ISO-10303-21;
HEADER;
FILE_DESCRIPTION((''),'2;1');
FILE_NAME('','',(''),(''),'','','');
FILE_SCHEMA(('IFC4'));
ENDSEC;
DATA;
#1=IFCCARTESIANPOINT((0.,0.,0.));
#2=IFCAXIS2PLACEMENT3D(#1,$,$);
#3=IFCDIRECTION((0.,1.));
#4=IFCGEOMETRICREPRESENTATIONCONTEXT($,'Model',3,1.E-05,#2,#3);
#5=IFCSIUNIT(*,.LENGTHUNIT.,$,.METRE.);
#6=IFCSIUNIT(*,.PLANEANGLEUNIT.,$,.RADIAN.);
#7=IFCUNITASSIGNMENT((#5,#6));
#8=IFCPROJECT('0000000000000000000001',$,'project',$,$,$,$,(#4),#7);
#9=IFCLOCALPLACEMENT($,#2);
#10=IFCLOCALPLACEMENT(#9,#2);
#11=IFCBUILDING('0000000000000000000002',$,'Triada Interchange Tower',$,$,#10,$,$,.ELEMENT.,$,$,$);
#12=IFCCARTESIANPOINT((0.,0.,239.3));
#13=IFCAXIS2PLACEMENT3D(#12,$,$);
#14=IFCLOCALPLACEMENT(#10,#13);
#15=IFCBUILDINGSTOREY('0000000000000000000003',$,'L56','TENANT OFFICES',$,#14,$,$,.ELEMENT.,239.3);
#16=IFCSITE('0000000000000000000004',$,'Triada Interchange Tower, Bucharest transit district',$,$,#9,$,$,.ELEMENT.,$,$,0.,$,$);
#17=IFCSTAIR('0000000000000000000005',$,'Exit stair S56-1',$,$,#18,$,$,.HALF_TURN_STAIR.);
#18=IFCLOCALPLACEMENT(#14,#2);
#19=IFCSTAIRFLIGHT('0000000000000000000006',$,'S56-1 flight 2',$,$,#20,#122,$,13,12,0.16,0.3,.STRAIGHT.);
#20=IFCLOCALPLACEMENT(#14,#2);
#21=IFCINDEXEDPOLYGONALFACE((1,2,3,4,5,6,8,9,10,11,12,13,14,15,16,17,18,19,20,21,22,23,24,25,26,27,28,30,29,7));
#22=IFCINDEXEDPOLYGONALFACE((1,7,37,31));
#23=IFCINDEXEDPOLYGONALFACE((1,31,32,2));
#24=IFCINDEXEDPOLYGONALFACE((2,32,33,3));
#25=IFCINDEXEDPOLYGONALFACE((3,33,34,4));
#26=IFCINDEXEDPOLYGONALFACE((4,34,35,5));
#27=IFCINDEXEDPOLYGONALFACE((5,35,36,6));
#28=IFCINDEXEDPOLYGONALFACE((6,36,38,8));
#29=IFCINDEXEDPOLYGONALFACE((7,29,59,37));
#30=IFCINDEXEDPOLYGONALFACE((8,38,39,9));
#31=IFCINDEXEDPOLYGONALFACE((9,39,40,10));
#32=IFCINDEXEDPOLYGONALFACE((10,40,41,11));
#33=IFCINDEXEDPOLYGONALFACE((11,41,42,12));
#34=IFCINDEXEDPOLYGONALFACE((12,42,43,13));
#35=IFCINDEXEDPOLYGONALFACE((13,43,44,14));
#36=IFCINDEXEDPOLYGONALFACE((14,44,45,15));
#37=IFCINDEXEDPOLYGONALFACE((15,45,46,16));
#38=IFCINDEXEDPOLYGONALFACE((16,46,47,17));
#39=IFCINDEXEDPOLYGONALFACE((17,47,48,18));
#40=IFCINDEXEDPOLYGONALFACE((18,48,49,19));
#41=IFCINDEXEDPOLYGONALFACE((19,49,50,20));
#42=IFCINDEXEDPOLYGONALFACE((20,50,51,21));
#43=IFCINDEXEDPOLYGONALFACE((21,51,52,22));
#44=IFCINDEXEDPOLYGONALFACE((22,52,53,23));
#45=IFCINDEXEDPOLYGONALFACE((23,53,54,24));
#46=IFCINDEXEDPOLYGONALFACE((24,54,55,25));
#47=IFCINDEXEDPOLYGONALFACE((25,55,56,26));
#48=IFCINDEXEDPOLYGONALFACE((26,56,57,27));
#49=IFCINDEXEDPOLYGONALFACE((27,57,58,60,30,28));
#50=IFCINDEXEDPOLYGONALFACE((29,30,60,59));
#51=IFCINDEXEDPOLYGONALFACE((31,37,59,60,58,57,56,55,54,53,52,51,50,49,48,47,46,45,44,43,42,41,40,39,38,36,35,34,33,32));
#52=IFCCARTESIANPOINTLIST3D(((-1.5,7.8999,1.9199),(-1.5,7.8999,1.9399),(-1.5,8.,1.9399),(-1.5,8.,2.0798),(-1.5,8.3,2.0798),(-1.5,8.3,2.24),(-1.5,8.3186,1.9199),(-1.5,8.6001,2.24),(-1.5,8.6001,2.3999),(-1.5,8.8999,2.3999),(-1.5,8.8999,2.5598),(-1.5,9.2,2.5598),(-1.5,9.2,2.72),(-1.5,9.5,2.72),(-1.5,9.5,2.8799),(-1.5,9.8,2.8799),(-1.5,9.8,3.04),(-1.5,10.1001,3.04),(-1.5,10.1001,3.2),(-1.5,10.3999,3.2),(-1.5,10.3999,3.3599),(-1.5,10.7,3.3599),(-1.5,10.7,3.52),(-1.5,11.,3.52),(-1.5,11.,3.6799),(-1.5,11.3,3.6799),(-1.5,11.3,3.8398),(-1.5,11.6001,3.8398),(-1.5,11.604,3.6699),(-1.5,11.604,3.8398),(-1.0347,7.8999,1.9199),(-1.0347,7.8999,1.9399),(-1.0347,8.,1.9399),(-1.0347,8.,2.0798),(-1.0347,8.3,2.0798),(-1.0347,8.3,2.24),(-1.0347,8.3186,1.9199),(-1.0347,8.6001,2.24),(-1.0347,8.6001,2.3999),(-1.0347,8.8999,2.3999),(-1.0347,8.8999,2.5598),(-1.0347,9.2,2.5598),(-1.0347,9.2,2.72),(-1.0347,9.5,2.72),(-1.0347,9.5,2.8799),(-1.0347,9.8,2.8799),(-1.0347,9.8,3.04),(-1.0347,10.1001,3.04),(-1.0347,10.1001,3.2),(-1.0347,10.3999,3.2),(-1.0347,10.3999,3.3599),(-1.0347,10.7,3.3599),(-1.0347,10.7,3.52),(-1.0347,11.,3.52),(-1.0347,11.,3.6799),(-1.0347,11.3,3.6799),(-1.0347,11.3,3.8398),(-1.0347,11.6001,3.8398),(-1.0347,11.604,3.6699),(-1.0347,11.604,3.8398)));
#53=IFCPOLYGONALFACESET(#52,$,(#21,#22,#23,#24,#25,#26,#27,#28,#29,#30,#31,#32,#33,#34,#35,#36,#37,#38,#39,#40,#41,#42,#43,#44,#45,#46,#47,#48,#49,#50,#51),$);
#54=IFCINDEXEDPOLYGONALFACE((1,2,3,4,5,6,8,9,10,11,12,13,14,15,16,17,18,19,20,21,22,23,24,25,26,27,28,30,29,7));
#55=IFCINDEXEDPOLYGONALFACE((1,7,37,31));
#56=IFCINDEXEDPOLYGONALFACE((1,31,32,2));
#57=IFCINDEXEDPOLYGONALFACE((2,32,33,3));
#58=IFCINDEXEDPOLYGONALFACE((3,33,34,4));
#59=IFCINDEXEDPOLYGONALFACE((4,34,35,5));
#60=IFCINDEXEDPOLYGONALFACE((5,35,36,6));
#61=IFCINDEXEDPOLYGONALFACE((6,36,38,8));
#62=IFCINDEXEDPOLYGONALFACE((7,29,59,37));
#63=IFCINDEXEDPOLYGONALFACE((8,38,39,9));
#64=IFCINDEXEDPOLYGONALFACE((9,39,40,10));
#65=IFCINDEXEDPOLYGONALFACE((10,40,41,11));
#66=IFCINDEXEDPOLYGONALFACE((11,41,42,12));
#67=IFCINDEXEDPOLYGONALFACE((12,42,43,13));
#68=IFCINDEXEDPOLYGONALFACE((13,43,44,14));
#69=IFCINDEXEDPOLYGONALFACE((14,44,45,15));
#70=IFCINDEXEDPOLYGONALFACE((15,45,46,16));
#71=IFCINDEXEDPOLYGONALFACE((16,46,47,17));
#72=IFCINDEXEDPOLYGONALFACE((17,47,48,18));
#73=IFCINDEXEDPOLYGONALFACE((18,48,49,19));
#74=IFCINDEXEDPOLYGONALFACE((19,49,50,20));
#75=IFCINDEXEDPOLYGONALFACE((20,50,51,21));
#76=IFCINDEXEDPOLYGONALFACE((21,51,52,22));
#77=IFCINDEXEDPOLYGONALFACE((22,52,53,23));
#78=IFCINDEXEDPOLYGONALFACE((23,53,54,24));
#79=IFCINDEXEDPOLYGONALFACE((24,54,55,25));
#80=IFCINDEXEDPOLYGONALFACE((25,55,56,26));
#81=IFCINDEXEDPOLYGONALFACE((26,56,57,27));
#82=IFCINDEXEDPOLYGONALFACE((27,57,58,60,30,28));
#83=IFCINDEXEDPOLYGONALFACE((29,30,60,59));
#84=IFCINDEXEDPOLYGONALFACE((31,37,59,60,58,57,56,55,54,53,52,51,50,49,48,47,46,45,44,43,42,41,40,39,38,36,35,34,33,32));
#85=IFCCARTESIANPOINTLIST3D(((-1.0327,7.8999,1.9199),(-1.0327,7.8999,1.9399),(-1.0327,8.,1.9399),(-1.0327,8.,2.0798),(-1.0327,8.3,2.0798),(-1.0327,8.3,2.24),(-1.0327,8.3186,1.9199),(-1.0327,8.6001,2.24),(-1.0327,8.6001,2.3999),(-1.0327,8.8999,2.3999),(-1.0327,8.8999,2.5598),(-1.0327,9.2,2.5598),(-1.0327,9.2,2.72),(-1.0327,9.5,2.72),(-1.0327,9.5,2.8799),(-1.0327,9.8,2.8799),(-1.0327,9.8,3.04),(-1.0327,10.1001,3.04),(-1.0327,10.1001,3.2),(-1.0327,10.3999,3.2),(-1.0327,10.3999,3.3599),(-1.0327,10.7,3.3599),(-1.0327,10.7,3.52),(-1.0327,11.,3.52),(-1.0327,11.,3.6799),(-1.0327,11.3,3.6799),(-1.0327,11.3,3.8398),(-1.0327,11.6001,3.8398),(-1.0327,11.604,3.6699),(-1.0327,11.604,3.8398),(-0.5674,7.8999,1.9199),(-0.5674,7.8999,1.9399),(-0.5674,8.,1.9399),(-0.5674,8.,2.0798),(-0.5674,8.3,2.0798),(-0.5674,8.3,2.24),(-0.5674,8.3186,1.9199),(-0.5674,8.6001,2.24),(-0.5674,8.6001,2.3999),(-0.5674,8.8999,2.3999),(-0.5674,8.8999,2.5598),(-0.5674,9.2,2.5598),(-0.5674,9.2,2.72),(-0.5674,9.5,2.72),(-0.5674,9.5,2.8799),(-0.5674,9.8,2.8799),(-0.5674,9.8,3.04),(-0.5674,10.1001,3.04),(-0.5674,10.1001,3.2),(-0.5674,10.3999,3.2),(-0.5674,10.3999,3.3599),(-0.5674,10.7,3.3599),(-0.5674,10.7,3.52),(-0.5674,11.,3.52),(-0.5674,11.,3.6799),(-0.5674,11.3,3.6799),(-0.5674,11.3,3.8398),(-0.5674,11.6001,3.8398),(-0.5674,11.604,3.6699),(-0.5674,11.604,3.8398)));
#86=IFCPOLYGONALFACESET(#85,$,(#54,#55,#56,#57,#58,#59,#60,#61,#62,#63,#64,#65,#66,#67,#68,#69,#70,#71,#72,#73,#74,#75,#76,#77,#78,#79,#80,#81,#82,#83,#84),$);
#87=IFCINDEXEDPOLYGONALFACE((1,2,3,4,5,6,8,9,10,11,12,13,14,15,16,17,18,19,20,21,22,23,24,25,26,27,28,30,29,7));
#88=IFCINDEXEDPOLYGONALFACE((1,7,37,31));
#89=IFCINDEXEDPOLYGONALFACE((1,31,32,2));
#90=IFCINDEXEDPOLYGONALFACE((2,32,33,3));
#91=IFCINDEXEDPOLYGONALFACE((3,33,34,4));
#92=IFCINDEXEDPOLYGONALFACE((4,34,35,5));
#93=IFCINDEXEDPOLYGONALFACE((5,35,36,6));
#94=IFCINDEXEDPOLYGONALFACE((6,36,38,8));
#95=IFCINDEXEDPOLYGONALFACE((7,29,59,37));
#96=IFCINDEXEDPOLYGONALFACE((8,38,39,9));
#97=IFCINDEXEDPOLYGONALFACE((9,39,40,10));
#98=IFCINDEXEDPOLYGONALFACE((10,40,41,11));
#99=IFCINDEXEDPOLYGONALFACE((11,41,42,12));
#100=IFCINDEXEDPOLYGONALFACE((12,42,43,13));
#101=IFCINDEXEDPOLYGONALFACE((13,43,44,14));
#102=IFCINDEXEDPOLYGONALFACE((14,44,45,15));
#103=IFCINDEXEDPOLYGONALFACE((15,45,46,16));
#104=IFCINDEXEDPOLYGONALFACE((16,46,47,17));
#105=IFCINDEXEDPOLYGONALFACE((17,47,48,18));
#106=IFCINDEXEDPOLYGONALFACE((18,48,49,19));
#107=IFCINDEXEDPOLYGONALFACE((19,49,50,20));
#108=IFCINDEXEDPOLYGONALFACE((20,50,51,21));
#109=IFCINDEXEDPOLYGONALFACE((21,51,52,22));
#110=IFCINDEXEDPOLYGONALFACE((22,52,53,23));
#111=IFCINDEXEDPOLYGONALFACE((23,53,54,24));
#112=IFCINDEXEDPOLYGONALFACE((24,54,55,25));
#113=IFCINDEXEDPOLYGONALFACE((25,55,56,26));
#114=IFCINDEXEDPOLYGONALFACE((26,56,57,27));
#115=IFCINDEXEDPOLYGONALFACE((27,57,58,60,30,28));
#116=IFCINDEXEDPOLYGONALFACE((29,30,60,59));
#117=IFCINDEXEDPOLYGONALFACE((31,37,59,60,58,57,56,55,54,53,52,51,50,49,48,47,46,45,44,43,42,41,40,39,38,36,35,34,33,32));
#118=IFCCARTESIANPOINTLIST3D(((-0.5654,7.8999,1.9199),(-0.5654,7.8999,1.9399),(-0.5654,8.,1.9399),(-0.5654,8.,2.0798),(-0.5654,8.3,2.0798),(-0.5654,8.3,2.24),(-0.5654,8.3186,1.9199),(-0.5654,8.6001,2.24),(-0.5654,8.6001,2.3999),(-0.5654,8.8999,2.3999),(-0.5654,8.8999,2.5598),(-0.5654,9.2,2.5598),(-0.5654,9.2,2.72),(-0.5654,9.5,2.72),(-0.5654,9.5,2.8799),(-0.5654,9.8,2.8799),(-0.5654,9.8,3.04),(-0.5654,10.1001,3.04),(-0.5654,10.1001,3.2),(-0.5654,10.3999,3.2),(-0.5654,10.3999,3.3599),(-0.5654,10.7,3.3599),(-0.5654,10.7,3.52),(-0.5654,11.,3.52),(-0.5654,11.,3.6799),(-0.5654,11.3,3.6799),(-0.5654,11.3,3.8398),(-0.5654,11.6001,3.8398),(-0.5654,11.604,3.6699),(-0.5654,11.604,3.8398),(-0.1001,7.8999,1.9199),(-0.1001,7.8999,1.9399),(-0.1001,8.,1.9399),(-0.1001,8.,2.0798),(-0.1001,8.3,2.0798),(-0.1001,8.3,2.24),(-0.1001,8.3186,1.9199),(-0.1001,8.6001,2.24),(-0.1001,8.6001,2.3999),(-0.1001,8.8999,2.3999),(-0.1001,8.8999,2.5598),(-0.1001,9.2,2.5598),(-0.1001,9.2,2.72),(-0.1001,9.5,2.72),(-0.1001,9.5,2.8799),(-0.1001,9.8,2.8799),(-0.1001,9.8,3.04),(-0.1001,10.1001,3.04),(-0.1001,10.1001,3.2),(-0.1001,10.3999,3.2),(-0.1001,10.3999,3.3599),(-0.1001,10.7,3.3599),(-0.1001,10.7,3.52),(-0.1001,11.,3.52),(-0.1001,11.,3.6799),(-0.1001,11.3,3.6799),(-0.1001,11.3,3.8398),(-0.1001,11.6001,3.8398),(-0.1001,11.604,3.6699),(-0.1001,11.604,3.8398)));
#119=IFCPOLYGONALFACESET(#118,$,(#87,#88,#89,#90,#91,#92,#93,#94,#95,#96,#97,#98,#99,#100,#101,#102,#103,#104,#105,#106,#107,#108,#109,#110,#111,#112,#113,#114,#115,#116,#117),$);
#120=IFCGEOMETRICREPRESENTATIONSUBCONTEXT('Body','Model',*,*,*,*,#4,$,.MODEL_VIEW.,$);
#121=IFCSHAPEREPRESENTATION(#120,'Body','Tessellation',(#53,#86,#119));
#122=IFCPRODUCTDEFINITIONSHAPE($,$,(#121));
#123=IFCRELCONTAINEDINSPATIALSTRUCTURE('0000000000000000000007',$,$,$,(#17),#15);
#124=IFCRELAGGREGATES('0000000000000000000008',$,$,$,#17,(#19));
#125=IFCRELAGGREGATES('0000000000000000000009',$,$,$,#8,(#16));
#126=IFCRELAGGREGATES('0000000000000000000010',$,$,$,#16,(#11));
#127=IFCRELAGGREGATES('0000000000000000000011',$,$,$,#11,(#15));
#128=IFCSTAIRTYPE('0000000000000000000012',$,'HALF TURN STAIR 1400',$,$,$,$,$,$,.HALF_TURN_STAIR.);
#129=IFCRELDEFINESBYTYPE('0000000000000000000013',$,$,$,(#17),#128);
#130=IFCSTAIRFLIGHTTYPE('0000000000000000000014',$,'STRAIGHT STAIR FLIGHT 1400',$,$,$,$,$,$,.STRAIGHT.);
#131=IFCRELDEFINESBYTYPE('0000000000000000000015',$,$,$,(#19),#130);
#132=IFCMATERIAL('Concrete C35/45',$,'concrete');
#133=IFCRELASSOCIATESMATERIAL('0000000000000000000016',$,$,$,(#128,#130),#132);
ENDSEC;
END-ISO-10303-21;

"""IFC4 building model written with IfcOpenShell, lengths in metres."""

from ifc_helpers import new_model, si_unit, direction, frame, origin, place, context, subcontext, project, spatial, polyline, outline, extrude, material, type_object, element, aggregate, save


model = new_model("IFC4")

# Units and contexts
model_context = context("Model", 3, precision=1e-05, world=origin(), true_north=direction((0.0, 1.0)))
body_context = subcontext(model_context, "Body", "Model", "MODEL_VIEW")
ifc_project = project(units=[si_unit("LENGTHUNIT", "METRE"), si_unit("PLANEANGLEUNIT", "RADIAN")], contexts=[model_context])

# Site, building, storey
site_placement = place(None, origin())
site = spatial("IfcSite", under=ifc_project, at=site_placement, Name="Triada Interchange Tower, Bucharest transit district", CompositionType="ELEMENT", RefElevation=0.0)
building_placement = place(site_placement, origin())
building = spatial("IfcBuilding", under=site, at=building_placement, Name="Triada Interchange Tower", CompositionType="ELEMENT")
storey_placement = place(building_placement, frame((0.0, 0.0, 239.3)))
storey = spatial("IfcBuildingStorey", under=building, at=storey_placement, Name="L56", Description="TENANT OFFICES", CompositionType="ELEMENT", Elevation=239.3)

# Stair, stair flight
ifc_material_1 = material(Name="Concrete C35/45", Category="concrete")
stair_type = type_object("IfcStairType", Name="HALF TURN STAIR 1400", PredefinedType="HALF_TURN_STAIR", material=ifc_material_1)
stair_placement = place(storey_placement, origin())
stair = element("IfcStair", 1, at=stair_placement, inside=storey, type_object=stair_type, Name="Exit stair S56-1", PredefinedType="HALF_TURN_STAIR")
stair_flight_type = type_object("IfcStairFlightType", Name="STRAIGHT STAIR FLIGHT 1400", PredefinedType="STRAIGHT", material=ifc_material_1)
stair_flight_placement = place(storey_placement, frame((-0.8, 8.0, 1.9199), z_axis=(0.0, 0.0, 1.0), x_axis=(0.0, 1.0, 0.0)))
stair_flight = element("IfcStairFlight", 2, at=stair_flight_placement, type_object=stair_flight_type, Name="S56-1 flight 2", NumberOfRisers=13, NumberOfTreads=12, PredefinedType="STRAIGHT", RiserHeight=0.16, TreadLength=0.3, context=body_context, shape_type="SweptSolid", body=[
    extrude(outline(polyline([(-0.1001, 0.0), (-0.1001, 0.02), (0.0, 0.02), (0.0, 0.1599), (0.3, 0.1599), (0.3, 0.3201), (0.6001, 0.3201), (0.6001, 0.48), (0.8999, 0.48), (0.8999, 0.6399), (1.2, 0.6399), (1.2, 0.8), (1.5, 0.8), (1.5, 0.96), (1.8, 0.96), (1.8, 1.1201), (2.1001, 1.1201), (2.1001, 1.28), (2.3999, 1.28), (2.3999, 1.4399), (2.7, 1.4399), (2.7, 1.6001), (3.0, 1.6001), (3.0, 1.76), (3.3, 1.76), (3.3, 1.9199), (3.6001, 1.9199), (3.604, 1.9199), (3.604, 2.0801), (3.604, 1.75), (0.3186, 0.0), (-0.1001, 0.0)])), frame((0.0, 0.7, 0.0), z_axis=(0.0, -1.0, 0.0), x_axis=(1.0, 0.0, 0.0)), (0.0, 0.0, 1.0), 0.4653),
    extrude(outline(polyline([(-0.1001, 0.0), (-0.1001, 0.02), (0.0, 0.02), (0.0, 0.1599), (0.3, 0.1599), (0.3, 0.3201), (0.6001, 0.3201), (0.6001, 0.48), (0.8999, 0.48), (0.8999, 0.6399), (1.2, 0.6399), (1.2, 0.8), (1.5, 0.8), (1.5, 0.96), (1.8, 0.96), (1.8, 1.1201), (2.1001, 1.1201), (2.1001, 1.28), (2.3999, 1.28), (2.3999, 1.4399), (2.7, 1.4399), (2.7, 1.6001), (3.0, 1.6001), (3.0, 1.76), (3.3, 1.76), (3.3, 1.9199), (3.6001, 1.9199), (3.604, 1.9199), (3.604, 2.0801), (3.604, 1.75), (0.3186, 0.0), (-0.1001, 0.0)])), frame((0.0, 0.2327, 0.0), z_axis=(0.0, -1.0, 0.0), x_axis=(1.0, 0.0, 0.0)), (0.0, 0.0, 1.0), 0.4653),
    extrude(outline(polyline([(-0.1001, 0.0), (-0.1001, 0.02), (0.0, 0.02), (0.0, 0.1599), (0.3, 0.1599), (0.3, 0.3201), (0.6001, 0.3201), (0.6001, 0.48), (0.8999, 0.48), (0.8999, 0.6399), (1.2, 0.6399), (1.2, 0.8), (1.5, 0.8), (1.5, 0.96), (1.8, 0.96), (1.8, 1.1201), (2.1001, 1.1201), (2.1001, 1.28), (2.3999, 1.28), (2.3999, 1.4399), (2.7, 1.4399), (2.7, 1.6001), (3.0, 1.6001), (3.0, 1.76), (3.3, 1.76), (3.3, 1.9199), (3.6001, 1.9199), (3.604, 1.9199), (3.604, 2.0801), (3.604, 1.75), (0.3186, 0.0), (-0.1001, 0.0)])), frame((0.0, -0.2346, 0.0), z_axis=(0.0, -1.0, 0.0), x_axis=(1.0, 0.0, 0.0)), (0.0, 0.0, 1.0), 0.4653),
])
aggregate(stair, [stair_flight])

save(model, "model.ifc")
